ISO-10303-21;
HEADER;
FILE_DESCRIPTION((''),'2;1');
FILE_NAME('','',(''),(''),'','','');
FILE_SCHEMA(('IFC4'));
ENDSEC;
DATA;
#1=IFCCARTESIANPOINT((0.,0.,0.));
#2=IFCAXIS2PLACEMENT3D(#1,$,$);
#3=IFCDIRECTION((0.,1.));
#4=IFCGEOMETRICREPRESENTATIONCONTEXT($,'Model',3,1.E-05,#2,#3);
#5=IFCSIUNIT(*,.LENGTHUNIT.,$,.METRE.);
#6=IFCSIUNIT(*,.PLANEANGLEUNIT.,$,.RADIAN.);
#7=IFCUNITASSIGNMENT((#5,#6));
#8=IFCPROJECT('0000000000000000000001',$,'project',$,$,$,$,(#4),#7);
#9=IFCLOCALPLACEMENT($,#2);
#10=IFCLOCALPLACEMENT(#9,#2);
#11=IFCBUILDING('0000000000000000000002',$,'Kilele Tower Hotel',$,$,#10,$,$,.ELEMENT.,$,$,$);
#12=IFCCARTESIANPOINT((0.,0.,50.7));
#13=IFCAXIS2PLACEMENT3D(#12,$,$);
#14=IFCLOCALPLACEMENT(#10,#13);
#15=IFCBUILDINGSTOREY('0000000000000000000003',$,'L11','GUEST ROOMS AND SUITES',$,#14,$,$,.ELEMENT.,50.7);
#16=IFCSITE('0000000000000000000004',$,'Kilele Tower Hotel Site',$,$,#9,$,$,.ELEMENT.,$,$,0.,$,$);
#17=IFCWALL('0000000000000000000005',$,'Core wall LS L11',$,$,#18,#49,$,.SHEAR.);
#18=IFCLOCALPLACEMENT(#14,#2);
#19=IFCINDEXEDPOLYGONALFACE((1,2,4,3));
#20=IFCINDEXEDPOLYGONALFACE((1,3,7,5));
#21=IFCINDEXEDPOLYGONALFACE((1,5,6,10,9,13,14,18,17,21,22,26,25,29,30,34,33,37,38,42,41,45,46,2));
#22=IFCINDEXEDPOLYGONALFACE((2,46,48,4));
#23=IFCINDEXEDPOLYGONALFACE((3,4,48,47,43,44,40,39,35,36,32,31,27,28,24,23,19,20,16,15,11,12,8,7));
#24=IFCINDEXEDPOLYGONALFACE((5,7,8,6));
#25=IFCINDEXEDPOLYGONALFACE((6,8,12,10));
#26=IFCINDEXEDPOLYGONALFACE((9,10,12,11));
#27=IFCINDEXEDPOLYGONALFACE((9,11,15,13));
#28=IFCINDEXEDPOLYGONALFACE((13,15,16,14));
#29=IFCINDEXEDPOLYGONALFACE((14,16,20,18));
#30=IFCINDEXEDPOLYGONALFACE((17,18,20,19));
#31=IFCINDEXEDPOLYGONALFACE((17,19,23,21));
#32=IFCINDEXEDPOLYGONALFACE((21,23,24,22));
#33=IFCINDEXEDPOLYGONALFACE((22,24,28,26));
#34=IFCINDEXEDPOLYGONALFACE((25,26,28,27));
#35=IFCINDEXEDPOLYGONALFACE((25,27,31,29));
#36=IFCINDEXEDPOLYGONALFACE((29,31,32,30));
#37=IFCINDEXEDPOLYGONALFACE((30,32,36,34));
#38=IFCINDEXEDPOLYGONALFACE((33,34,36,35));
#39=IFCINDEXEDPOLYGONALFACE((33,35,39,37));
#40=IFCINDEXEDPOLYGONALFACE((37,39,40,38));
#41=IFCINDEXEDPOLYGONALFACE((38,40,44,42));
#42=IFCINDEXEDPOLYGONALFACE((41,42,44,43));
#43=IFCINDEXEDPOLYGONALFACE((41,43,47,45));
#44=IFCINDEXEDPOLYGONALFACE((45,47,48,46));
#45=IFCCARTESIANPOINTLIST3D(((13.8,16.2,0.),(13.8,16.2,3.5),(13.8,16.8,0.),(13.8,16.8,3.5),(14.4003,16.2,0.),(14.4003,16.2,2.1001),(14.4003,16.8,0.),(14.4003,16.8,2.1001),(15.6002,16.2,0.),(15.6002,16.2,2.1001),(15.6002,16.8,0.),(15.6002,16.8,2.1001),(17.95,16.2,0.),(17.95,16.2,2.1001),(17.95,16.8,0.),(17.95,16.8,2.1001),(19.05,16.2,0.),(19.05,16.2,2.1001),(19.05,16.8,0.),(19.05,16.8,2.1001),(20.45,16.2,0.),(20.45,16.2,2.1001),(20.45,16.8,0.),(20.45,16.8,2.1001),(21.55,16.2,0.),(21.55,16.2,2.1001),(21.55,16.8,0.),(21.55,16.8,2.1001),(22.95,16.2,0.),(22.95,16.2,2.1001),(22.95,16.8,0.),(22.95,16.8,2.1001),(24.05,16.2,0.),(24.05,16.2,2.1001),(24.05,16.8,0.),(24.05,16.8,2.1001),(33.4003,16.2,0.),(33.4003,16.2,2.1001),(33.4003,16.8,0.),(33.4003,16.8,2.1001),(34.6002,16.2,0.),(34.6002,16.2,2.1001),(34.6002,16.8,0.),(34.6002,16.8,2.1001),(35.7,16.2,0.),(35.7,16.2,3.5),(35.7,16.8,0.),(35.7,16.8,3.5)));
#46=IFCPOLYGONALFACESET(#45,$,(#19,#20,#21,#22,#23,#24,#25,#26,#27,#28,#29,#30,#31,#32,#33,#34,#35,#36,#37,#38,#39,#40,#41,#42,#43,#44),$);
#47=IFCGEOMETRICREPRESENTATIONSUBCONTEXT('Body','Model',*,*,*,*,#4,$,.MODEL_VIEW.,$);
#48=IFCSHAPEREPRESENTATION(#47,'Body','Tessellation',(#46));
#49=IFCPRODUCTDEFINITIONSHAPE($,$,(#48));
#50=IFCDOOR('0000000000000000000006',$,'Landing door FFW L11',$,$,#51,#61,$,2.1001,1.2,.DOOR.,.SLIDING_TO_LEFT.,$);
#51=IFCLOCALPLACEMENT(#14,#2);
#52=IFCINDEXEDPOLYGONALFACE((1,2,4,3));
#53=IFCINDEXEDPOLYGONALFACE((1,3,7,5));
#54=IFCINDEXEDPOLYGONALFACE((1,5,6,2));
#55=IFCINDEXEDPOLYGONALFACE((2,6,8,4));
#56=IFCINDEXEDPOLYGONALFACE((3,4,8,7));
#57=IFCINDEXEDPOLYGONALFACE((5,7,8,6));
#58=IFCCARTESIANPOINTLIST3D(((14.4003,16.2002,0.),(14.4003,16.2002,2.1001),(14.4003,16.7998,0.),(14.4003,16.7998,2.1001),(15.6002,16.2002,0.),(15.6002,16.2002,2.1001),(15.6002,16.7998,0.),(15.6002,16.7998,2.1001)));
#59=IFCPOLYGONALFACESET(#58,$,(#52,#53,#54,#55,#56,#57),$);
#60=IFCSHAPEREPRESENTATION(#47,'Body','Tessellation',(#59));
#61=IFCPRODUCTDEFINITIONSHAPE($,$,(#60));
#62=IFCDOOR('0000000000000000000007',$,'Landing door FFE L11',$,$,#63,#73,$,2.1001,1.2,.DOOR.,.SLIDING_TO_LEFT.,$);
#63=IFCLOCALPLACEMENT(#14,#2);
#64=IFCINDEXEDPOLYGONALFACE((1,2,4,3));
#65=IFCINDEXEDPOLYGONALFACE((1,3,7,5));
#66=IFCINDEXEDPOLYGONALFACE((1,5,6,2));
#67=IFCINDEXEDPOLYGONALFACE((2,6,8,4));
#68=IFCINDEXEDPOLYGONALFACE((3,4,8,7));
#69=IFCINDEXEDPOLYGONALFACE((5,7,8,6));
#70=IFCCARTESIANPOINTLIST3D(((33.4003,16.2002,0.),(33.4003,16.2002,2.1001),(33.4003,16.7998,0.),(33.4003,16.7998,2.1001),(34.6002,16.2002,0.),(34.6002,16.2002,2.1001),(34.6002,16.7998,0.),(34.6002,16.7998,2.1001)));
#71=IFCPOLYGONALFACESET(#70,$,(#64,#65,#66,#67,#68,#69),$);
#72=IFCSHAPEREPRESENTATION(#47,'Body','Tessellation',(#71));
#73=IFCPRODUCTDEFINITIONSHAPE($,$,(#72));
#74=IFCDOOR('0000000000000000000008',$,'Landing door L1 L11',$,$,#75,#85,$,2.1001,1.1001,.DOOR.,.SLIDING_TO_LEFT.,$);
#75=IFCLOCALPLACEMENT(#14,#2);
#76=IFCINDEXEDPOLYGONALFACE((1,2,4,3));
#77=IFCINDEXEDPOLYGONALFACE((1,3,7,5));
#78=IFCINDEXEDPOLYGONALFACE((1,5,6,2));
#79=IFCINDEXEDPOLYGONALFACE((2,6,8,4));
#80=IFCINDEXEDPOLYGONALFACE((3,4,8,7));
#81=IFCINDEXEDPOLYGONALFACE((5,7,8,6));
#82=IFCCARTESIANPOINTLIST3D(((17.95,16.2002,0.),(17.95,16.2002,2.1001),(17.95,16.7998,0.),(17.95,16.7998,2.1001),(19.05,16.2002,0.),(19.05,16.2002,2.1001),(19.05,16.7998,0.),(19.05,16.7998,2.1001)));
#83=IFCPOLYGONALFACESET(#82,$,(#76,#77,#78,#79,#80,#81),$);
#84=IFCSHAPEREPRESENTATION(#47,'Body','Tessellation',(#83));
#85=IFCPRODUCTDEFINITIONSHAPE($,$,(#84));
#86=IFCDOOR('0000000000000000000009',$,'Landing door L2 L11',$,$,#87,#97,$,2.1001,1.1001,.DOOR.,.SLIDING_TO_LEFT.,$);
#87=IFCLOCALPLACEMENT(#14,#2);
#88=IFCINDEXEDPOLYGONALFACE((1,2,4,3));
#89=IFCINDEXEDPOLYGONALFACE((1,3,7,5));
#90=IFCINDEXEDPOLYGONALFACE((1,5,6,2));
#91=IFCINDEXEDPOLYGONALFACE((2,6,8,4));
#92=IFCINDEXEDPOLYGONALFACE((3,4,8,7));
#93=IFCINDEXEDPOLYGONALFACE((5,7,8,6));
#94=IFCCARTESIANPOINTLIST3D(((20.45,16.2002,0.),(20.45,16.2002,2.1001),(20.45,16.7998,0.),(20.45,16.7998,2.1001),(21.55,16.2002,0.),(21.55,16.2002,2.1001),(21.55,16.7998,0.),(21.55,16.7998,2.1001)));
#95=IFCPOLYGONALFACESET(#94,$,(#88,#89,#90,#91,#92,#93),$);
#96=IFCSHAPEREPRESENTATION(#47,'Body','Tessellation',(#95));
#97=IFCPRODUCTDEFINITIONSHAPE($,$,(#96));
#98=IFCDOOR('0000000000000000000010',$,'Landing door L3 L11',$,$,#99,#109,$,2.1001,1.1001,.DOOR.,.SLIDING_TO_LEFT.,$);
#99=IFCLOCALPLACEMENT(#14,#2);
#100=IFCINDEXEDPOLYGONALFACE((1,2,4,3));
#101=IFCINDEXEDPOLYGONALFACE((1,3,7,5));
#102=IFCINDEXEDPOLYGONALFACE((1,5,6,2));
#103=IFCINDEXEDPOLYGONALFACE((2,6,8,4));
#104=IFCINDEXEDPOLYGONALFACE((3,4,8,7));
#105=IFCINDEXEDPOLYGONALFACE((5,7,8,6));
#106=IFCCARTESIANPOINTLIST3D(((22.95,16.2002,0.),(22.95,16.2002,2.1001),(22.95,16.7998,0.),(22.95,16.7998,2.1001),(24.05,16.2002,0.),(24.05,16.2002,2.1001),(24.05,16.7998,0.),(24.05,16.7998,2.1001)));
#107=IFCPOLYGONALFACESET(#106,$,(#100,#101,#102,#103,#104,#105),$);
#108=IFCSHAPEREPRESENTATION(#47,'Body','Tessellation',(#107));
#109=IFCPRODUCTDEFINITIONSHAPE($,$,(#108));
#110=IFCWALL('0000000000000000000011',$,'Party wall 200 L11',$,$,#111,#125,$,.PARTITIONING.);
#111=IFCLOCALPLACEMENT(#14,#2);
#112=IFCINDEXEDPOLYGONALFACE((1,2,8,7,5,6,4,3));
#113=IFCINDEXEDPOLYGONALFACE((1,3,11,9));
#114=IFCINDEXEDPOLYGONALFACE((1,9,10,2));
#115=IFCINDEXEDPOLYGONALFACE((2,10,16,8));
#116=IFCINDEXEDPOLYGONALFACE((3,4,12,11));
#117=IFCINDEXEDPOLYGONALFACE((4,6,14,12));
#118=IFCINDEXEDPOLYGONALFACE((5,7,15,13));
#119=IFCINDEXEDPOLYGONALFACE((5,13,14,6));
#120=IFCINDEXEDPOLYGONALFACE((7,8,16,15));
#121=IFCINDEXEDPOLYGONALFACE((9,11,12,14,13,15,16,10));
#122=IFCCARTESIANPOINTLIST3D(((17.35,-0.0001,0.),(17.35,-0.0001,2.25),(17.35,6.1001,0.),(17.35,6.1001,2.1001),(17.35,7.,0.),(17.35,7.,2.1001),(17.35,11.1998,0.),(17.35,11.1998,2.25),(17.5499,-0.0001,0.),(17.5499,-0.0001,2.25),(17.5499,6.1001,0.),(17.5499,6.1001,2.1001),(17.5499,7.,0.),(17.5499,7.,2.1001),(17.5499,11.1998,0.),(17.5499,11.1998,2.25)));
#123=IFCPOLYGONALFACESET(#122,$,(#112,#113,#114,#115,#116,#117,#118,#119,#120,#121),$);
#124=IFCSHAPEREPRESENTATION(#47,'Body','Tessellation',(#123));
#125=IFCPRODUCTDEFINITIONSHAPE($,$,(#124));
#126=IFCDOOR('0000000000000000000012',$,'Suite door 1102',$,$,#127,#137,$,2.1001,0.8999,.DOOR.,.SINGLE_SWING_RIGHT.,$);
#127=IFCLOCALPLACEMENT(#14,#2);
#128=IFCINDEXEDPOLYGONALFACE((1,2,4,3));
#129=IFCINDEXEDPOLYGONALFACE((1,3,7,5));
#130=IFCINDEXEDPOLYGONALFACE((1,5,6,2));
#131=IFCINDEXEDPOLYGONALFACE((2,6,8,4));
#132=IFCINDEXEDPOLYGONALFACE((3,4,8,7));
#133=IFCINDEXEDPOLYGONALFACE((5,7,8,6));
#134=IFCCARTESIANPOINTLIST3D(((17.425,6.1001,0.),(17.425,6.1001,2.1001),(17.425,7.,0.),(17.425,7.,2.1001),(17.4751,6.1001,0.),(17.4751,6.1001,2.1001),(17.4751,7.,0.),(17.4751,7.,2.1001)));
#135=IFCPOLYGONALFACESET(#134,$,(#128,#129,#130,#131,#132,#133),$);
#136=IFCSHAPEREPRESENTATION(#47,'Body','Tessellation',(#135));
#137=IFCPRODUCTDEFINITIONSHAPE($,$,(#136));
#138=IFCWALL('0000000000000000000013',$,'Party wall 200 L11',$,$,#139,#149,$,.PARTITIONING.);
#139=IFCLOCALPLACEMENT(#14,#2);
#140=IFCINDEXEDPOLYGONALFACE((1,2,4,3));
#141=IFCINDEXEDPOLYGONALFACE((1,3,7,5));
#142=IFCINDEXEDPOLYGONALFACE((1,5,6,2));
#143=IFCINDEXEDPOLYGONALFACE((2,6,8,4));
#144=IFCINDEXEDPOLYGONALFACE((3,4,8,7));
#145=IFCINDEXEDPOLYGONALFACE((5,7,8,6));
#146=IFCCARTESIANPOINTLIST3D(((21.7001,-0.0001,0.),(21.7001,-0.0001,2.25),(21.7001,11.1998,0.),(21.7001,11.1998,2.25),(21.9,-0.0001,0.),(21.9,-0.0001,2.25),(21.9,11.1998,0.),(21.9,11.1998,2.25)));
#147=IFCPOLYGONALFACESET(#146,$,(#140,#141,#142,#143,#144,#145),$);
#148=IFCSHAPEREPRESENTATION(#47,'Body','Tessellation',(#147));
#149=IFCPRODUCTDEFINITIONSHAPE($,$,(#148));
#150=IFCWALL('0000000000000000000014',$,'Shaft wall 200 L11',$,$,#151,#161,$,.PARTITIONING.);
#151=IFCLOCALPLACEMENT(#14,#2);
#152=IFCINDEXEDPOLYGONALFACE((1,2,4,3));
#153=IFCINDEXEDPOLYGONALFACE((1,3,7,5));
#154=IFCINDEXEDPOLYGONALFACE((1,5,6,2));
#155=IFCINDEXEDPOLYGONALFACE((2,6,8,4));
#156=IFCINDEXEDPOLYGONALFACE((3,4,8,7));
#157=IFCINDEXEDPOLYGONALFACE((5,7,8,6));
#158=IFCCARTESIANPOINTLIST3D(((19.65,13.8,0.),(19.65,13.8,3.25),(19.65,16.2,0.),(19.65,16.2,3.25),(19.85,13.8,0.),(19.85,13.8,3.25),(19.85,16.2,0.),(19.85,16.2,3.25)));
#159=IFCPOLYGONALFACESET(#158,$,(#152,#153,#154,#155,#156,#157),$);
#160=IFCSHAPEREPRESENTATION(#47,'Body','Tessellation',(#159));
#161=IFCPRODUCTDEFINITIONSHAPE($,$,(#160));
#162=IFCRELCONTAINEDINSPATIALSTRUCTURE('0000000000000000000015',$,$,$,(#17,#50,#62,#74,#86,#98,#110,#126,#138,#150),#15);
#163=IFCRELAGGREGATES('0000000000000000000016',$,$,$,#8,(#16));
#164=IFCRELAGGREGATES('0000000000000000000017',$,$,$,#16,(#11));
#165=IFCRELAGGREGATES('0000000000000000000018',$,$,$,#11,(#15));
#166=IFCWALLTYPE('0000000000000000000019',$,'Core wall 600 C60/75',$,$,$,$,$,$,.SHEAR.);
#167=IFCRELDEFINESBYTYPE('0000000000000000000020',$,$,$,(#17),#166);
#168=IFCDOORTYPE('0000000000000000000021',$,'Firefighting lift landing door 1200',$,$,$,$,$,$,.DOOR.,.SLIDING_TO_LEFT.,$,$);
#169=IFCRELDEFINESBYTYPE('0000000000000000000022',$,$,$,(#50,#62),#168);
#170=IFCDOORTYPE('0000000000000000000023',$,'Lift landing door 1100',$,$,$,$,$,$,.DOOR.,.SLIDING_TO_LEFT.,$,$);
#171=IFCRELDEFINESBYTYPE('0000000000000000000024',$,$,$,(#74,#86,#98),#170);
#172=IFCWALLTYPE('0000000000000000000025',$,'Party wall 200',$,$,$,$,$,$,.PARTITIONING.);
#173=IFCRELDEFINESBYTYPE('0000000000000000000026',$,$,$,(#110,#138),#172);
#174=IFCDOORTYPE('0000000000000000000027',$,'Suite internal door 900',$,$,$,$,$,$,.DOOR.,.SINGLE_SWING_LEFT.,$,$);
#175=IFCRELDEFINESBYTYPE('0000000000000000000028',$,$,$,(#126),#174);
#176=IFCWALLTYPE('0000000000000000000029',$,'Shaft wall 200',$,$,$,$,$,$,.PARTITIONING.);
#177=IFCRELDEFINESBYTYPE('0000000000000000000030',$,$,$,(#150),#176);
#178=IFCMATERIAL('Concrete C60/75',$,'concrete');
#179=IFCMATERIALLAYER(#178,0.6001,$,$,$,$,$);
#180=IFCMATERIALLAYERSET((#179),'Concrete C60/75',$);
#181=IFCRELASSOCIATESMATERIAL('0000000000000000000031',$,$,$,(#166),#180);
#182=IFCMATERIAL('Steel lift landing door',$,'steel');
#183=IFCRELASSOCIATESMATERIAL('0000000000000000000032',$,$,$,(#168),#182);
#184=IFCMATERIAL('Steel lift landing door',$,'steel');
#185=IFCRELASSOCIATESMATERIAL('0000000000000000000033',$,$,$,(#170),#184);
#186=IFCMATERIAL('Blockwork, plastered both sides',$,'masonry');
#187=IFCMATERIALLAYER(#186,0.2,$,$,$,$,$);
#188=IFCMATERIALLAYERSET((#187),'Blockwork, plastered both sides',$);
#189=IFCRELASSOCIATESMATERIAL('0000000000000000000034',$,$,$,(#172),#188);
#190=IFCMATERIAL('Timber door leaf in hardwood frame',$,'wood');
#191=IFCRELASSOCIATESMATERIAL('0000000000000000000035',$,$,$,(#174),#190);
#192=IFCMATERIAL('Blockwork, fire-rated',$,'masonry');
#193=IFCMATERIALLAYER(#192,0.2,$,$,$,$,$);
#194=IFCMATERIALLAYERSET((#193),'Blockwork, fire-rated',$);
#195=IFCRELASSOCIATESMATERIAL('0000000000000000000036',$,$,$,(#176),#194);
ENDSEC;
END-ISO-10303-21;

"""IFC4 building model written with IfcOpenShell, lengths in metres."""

from ifc_helpers import new_model, si_unit, direction, frame, frame_2d, origin, place, context, subcontext, project, spatial, rectangle, extrude, material, layer, layer_set, type_object, element, fill, save


model = new_model("IFC4")

# Units and contexts
model_context = context("Model", 3, precision=1e-05, world=origin(), true_north=direction((0.0, 1.0)))
body_context = subcontext(model_context, "Body", "Model", "MODEL_VIEW")
ifc_project = project(units=[si_unit("LENGTHUNIT", "METRE"), si_unit("PLANEANGLEUNIT", "RADIAN")], contexts=[model_context])

# Site, building, storey
site_placement = place(None, origin())
site = spatial("IfcSite", under=ifc_project, at=site_placement, Name="Kilele Tower Hotel Site", CompositionType="ELEMENT", RefElevation=0.0)
building_placement = place(site_placement, origin())
building = spatial("IfcBuilding", under=site, at=building_placement, Name="Kilele Tower Hotel", CompositionType="ELEMENT")
storey_placement = place(building_placement, frame((0.0, 0.0, 50.7)))
storey = spatial("IfcBuildingStorey", under=building, at=storey_placement, Name="L11", Description="GUEST ROOMS AND SUITES", CompositionType="ELEMENT", Elevation=50.7)

# Shared definitions
ifc_material_1 = material(Name="Concrete C60/75", Category="concrete")
ifc_layer_1 = layer(ifc_material_1, 0.6001)
ifc_layer_set_1 = layer_set([ifc_layer_1], Name="Concrete C60/75")
wall_type_1 = type_object("IfcWallType", Name="Core wall 600 C60/75", PredefinedType="SHEAR", material=ifc_layer_set_1)

# Wall, openings, doors
wall_1_placement = place(storey_placement, frame((13.8, 16.5, 0.0), z_axis=(0.0, 0.0, 1.0), x_axis=(1.0, 0.0, 0.0)))
wall_1 = element("IfcWall", 1, at=wall_1_placement, inside=storey, type_object=wall_type_1, Name="Core wall LS L11", PredefinedType="SHEAR", context=body_context, shape_type="SweptSolid", body=[
    extrude(rectangle(XDim=21.8999, YDim=0.6001, at=frame_2d((10.95, 0.0))), origin(), (0.0, 0.0, 1.0), 3.5),
])
opening_1_placement = place(wall_1_placement, frame((4.1499, 0.0, 0.0)))
opening_1 = element("IfcOpeningElement", 2, at=opening_1_placement, cuts=wall_1, PredefinedType="OPENING", context=body_context, shape_type="SweptSolid", body=[
    extrude(rectangle(XDim=1.1001, YDim=2.1001, at=frame_2d((0.55, 1.05))), frame((0.0, 0.3101, 0.0), z_axis=(0.0, -1.0, 0.0), x_axis=(1.0, 0.0, 0.0)), (0.0, 0.0, 1.0), 0.6201),
])
opening_2_placement = place(wall_1_placement, frame((6.6499, 0.0, 0.0)))
opening_2 = element("IfcOpeningElement", 3, at=opening_2_placement, cuts=wall_1, PredefinedType="OPENING", context=body_context, shape_type="SweptSolid", body=[
    extrude(rectangle(XDim=1.1001, YDim=2.1001, at=frame_2d((0.55, 1.05))), frame((0.0, 0.3101, 0.0), z_axis=(0.0, -1.0, 0.0), x_axis=(1.0, 0.0, 0.0)), (0.0, 0.0, 1.0), 0.6201),
])
opening_3_placement = place(wall_1_placement, frame((9.1499, 0.0, 0.0)))
opening_3 = element("IfcOpeningElement", 4, at=opening_3_placement, cuts=wall_1, PredefinedType="OPENING", context=body_context, shape_type="SweptSolid", body=[
    extrude(rectangle(XDim=1.1001, YDim=2.1001, at=frame_2d((0.55, 1.05))), frame((0.0, 0.3101, 0.0), z_axis=(0.0, -1.0, 0.0), x_axis=(1.0, 0.0, 0.0)), (0.0, 0.0, 1.0), 0.6201),
])
opening_4_placement = place(wall_1_placement, frame((0.6001, 0.0, 0.0)))
opening_4 = element("IfcOpeningElement", 5, at=opening_4_placement, cuts=wall_1, PredefinedType="OPENING", context=body_context, shape_type="SweptSolid", body=[
    extrude(rectangle(XDim=1.2, YDim=2.1001, at=frame_2d((0.6001, 1.05))), frame((0.0, 0.3101, 0.0), z_axis=(0.0, -1.0, 0.0), x_axis=(1.0, 0.0, 0.0)), (0.0, 0.0, 1.0), 0.6201),
])
opening_5_placement = place(wall_1_placement, frame((19.6001, 0.0, 0.0)))
opening_5 = element("IfcOpeningElement", 6, at=opening_5_placement, cuts=wall_1, PredefinedType="OPENING", context=body_context, shape_type="SweptSolid", body=[
    extrude(rectangle(XDim=1.2, YDim=2.1001, at=frame_2d((0.6001, 1.05))), frame((0.0, 0.3101, 0.0), z_axis=(0.0, -1.0, 0.0), x_axis=(1.0, 0.0, 0.0)), (0.0, 0.0, 1.0), 0.6201),
])
ifc_material_2 = material(Name="Steel lift landing door", Category="steel")
door_type_1 = type_object("IfcDoorType", Name="Firefighting lift landing door 1200", OperationType="SLIDING_TO_LEFT", PredefinedType="DOOR", material=ifc_material_2)
door_1_placement = place(opening_4_placement, origin())
door_1 = element("IfcDoor", 7, at=door_1_placement, inside=storey, type_object=door_type_1, Name="Landing door FFW L11", OperationType="SLIDING_TO_LEFT", OverallHeight=2.1001, OverallWidth=1.2, PredefinedType="DOOR", context=body_context, shape_type="SweptSolid", body=[
    extrude(rectangle(XDim=1.2, YDim=2.1001, at=frame_2d((0.6001, 1.05))), frame((0.0, 0.2998, 0.0), z_axis=(0.0, -1.0, 0.0), x_axis=(1.0, 0.0, 0.0)), (0.0, 0.0, 1.0), 0.5996),
])
fill(opening_4, door_1)
door_2_placement = place(opening_5_placement, origin())
door_2 = element("IfcDoor", 8, at=door_2_placement, inside=storey, type_object=door_type_1, Name="Landing door FFE L11", OperationType="SLIDING_TO_LEFT", OverallHeight=2.1001, OverallWidth=1.2, PredefinedType="DOOR", context=body_context, shape_type="SweptSolid", body=[
    extrude(rectangle(XDim=1.2, YDim=2.1001, at=frame_2d((0.6001, 1.05))), frame((0.0, 0.2998, 0.0), z_axis=(0.0, -1.0, 0.0), x_axis=(1.0, 0.0, 0.0)), (0.0, 0.0, 1.0), 0.5996),
])
fill(opening_5, door_2)
ifc_material_3 = material(Name="Steel lift landing door", Category="steel")
door_type_2 = type_object("IfcDoorType", Name="Lift landing door 1100", OperationType="SLIDING_TO_LEFT", PredefinedType="DOOR", material=ifc_material_3)
door_3_placement = place(opening_1_placement, origin())
door_3 = element("IfcDoor", 9, at=door_3_placement, inside=storey, type_object=door_type_2, Name="Landing door L1 L11", OperationType="SLIDING_TO_LEFT", OverallHeight=2.1001, OverallWidth=1.1001, PredefinedType="DOOR", context=body_context, shape_type="SweptSolid", body=[
    extrude(rectangle(XDim=1.1001, YDim=2.1001, at=frame_2d((0.55, 1.05))), frame((0.0, 0.2998, 0.0), z_axis=(0.0, -1.0, 0.0), x_axis=(1.0, 0.0, 0.0)), (0.0, 0.0, 1.0), 0.5996),
])
fill(opening_1, door_3)
door_4_placement = place(opening_2_placement, origin())
door_4 = element("IfcDoor", 10, at=door_4_placement, inside=storey, type_object=door_type_2, Name="Landing door L2 L11", OperationType="SLIDING_TO_LEFT", OverallHeight=2.1001, OverallWidth=1.1001, PredefinedType="DOOR", context=body_context, shape_type="SweptSolid", body=[
    extrude(rectangle(XDim=1.1001, YDim=2.1001, at=frame_2d((0.55, 1.05))), frame((0.0, 0.2998, 0.0), z_axis=(0.0, -1.0, 0.0), x_axis=(1.0, 0.0, 0.0)), (0.0, 0.0, 1.0), 0.5996),
])
fill(opening_2, door_4)
door_5_placement = place(opening_3_placement, origin())
door_5 = element("IfcDoor", 11, at=door_5_placement, inside=storey, type_object=door_type_2, Name="Landing door L3 L11", OperationType="SLIDING_TO_LEFT", OverallHeight=2.1001, OverallWidth=1.1001, PredefinedType="DOOR", context=body_context, shape_type="SweptSolid", body=[
    extrude(rectangle(XDim=1.1001, YDim=2.1001, at=frame_2d((0.55, 1.05))), frame((0.0, 0.2998, 0.0), z_axis=(0.0, -1.0, 0.0), x_axis=(1.0, 0.0, 0.0)), (0.0, 0.0, 1.0), 0.5996),
])
fill(opening_3, door_5)

# Wall, opening, door
ifc_material_4 = material(Name="Blockwork, plastered both sides", Category="masonry")
ifc_layer_2 = layer(ifc_material_4, 0.2)
ifc_layer_set_2 = layer_set([ifc_layer_2], Name="Blockwork, plastered both sides")
wall_type_2 = type_object("IfcWallType", Name="Party wall 200", PredefinedType="PARTITIONING", material=ifc_layer_set_2)
wall_2_placement = place(storey_placement, frame((17.45, 11.2, 0.0), z_axis=(0.0, 0.0, 1.0), x_axis=(0.0, -1.0, 0.0)))
wall_2 = element("IfcWall", 12, at=wall_2_placement, inside=storey, type_object=wall_type_2, Name="Party wall 200 L11", PredefinedType="PARTITIONING", context=body_context, shape_type="SweptSolid", body=[
    extrude(rectangle(XDim=11.2, YDim=0.2, at=frame_2d((5.6001, 0.0))), origin(), (0.0, 0.0, 1.0), 2.25),
])
opening_6_placement = place(wall_2_placement, frame((5.0999, 0.0, 0.0), z_axis=(0.0, 0.0, 1.0), x_axis=(-1.0, 0.0, 0.0)))
opening_6 = element("IfcOpeningElement", 13, at=opening_6_placement, cuts=wall_2, PredefinedType="OPENING", context=body_context, shape_type="SweptSolid", body=[
    extrude(rectangle(XDim=0.8999, YDim=2.1001, at=frame_2d((0.45, 1.05))), frame((0.0, 0.1099, 0.0), z_axis=(0.0, -1.0, 0.0), x_axis=(1.0, 0.0, 0.0)), (0.0, 0.0, 1.0), 0.22),
])
ifc_material_5 = material(Name="Timber door leaf in hardwood frame", Category="wood")
door_type_3 = type_object("IfcDoorType", Name="Suite internal door 900", OperationType="SINGLE_SWING_LEFT", PredefinedType="DOOR", material=ifc_material_5)
door_6_placement = place(opening_6_placement, origin())
door_6 = element("IfcDoor", 14, at=door_6_placement, inside=storey, type_object=door_type_3, Name="Suite door 1102", OperationType="SINGLE_SWING_RIGHT", OverallHeight=2.1001, OverallWidth=0.8999, PredefinedType="DOOR", context=body_context, shape_type="SweptSolid", body=[
    extrude(rectangle(XDim=0.8999, YDim=2.1001, at=frame_2d((0.45, 1.05))), frame((0.0, 0.0249, 0.0), z_axis=(0.0, -1.0, 0.0), x_axis=(1.0, 0.0, 0.0)), (0.0, 0.0, 1.0), 0.05),
])
fill(opening_6, door_6)

# Walls
wall_3_placement = place(storey_placement, frame((21.8, 11.2, 0.0), z_axis=(0.0, 0.0, 1.0), x_axis=(0.0, -1.0, 0.0)))
element("IfcWall", 15, at=wall_3_placement, inside=storey, type_object=wall_type_2, Name="Party wall 200 L11", PredefinedType="PARTITIONING", context=body_context, shape_type="SweptSolid", body=[
    extrude(rectangle(XDim=11.2, YDim=0.2, at=frame_2d((5.6001, 0.0))), origin(), (0.0, 0.0, 1.0), 2.25),
])
ifc_material_6 = material(Name="Blockwork, fire-rated", Category="masonry")
ifc_layer_3 = layer(ifc_material_6, 0.2)
ifc_layer_set_3 = layer_set([ifc_layer_3], Name="Blockwork, fire-rated")
wall_type_3 = type_object("IfcWallType", Name="Shaft wall 200", PredefinedType="PARTITIONING", material=ifc_layer_set_3)
for number, where, z_axis, x_axis, name in (
    (16, (19.75, 13.8, 0.0), (0.0, 0.0, 1.0), (0.0, 1.0, 0.0), "Shaft wall 200 L11"),
):
    element("IfcWall", number, at=place(storey_placement, frame(where, z_axis=z_axis, x_axis=x_axis)), inside=storey, type_object=wall_type_3, Name=name, PredefinedType="PARTITIONING", context=body_context, shape_type="SweptSolid", body=[
        extrude(rectangle(XDim=2.3999, YDim=0.2, at=frame_2d((1.2, 0.0))), origin(), (0.0, 0.0, 1.0), 3.25),
    ])

save(model, "model.ifc")
